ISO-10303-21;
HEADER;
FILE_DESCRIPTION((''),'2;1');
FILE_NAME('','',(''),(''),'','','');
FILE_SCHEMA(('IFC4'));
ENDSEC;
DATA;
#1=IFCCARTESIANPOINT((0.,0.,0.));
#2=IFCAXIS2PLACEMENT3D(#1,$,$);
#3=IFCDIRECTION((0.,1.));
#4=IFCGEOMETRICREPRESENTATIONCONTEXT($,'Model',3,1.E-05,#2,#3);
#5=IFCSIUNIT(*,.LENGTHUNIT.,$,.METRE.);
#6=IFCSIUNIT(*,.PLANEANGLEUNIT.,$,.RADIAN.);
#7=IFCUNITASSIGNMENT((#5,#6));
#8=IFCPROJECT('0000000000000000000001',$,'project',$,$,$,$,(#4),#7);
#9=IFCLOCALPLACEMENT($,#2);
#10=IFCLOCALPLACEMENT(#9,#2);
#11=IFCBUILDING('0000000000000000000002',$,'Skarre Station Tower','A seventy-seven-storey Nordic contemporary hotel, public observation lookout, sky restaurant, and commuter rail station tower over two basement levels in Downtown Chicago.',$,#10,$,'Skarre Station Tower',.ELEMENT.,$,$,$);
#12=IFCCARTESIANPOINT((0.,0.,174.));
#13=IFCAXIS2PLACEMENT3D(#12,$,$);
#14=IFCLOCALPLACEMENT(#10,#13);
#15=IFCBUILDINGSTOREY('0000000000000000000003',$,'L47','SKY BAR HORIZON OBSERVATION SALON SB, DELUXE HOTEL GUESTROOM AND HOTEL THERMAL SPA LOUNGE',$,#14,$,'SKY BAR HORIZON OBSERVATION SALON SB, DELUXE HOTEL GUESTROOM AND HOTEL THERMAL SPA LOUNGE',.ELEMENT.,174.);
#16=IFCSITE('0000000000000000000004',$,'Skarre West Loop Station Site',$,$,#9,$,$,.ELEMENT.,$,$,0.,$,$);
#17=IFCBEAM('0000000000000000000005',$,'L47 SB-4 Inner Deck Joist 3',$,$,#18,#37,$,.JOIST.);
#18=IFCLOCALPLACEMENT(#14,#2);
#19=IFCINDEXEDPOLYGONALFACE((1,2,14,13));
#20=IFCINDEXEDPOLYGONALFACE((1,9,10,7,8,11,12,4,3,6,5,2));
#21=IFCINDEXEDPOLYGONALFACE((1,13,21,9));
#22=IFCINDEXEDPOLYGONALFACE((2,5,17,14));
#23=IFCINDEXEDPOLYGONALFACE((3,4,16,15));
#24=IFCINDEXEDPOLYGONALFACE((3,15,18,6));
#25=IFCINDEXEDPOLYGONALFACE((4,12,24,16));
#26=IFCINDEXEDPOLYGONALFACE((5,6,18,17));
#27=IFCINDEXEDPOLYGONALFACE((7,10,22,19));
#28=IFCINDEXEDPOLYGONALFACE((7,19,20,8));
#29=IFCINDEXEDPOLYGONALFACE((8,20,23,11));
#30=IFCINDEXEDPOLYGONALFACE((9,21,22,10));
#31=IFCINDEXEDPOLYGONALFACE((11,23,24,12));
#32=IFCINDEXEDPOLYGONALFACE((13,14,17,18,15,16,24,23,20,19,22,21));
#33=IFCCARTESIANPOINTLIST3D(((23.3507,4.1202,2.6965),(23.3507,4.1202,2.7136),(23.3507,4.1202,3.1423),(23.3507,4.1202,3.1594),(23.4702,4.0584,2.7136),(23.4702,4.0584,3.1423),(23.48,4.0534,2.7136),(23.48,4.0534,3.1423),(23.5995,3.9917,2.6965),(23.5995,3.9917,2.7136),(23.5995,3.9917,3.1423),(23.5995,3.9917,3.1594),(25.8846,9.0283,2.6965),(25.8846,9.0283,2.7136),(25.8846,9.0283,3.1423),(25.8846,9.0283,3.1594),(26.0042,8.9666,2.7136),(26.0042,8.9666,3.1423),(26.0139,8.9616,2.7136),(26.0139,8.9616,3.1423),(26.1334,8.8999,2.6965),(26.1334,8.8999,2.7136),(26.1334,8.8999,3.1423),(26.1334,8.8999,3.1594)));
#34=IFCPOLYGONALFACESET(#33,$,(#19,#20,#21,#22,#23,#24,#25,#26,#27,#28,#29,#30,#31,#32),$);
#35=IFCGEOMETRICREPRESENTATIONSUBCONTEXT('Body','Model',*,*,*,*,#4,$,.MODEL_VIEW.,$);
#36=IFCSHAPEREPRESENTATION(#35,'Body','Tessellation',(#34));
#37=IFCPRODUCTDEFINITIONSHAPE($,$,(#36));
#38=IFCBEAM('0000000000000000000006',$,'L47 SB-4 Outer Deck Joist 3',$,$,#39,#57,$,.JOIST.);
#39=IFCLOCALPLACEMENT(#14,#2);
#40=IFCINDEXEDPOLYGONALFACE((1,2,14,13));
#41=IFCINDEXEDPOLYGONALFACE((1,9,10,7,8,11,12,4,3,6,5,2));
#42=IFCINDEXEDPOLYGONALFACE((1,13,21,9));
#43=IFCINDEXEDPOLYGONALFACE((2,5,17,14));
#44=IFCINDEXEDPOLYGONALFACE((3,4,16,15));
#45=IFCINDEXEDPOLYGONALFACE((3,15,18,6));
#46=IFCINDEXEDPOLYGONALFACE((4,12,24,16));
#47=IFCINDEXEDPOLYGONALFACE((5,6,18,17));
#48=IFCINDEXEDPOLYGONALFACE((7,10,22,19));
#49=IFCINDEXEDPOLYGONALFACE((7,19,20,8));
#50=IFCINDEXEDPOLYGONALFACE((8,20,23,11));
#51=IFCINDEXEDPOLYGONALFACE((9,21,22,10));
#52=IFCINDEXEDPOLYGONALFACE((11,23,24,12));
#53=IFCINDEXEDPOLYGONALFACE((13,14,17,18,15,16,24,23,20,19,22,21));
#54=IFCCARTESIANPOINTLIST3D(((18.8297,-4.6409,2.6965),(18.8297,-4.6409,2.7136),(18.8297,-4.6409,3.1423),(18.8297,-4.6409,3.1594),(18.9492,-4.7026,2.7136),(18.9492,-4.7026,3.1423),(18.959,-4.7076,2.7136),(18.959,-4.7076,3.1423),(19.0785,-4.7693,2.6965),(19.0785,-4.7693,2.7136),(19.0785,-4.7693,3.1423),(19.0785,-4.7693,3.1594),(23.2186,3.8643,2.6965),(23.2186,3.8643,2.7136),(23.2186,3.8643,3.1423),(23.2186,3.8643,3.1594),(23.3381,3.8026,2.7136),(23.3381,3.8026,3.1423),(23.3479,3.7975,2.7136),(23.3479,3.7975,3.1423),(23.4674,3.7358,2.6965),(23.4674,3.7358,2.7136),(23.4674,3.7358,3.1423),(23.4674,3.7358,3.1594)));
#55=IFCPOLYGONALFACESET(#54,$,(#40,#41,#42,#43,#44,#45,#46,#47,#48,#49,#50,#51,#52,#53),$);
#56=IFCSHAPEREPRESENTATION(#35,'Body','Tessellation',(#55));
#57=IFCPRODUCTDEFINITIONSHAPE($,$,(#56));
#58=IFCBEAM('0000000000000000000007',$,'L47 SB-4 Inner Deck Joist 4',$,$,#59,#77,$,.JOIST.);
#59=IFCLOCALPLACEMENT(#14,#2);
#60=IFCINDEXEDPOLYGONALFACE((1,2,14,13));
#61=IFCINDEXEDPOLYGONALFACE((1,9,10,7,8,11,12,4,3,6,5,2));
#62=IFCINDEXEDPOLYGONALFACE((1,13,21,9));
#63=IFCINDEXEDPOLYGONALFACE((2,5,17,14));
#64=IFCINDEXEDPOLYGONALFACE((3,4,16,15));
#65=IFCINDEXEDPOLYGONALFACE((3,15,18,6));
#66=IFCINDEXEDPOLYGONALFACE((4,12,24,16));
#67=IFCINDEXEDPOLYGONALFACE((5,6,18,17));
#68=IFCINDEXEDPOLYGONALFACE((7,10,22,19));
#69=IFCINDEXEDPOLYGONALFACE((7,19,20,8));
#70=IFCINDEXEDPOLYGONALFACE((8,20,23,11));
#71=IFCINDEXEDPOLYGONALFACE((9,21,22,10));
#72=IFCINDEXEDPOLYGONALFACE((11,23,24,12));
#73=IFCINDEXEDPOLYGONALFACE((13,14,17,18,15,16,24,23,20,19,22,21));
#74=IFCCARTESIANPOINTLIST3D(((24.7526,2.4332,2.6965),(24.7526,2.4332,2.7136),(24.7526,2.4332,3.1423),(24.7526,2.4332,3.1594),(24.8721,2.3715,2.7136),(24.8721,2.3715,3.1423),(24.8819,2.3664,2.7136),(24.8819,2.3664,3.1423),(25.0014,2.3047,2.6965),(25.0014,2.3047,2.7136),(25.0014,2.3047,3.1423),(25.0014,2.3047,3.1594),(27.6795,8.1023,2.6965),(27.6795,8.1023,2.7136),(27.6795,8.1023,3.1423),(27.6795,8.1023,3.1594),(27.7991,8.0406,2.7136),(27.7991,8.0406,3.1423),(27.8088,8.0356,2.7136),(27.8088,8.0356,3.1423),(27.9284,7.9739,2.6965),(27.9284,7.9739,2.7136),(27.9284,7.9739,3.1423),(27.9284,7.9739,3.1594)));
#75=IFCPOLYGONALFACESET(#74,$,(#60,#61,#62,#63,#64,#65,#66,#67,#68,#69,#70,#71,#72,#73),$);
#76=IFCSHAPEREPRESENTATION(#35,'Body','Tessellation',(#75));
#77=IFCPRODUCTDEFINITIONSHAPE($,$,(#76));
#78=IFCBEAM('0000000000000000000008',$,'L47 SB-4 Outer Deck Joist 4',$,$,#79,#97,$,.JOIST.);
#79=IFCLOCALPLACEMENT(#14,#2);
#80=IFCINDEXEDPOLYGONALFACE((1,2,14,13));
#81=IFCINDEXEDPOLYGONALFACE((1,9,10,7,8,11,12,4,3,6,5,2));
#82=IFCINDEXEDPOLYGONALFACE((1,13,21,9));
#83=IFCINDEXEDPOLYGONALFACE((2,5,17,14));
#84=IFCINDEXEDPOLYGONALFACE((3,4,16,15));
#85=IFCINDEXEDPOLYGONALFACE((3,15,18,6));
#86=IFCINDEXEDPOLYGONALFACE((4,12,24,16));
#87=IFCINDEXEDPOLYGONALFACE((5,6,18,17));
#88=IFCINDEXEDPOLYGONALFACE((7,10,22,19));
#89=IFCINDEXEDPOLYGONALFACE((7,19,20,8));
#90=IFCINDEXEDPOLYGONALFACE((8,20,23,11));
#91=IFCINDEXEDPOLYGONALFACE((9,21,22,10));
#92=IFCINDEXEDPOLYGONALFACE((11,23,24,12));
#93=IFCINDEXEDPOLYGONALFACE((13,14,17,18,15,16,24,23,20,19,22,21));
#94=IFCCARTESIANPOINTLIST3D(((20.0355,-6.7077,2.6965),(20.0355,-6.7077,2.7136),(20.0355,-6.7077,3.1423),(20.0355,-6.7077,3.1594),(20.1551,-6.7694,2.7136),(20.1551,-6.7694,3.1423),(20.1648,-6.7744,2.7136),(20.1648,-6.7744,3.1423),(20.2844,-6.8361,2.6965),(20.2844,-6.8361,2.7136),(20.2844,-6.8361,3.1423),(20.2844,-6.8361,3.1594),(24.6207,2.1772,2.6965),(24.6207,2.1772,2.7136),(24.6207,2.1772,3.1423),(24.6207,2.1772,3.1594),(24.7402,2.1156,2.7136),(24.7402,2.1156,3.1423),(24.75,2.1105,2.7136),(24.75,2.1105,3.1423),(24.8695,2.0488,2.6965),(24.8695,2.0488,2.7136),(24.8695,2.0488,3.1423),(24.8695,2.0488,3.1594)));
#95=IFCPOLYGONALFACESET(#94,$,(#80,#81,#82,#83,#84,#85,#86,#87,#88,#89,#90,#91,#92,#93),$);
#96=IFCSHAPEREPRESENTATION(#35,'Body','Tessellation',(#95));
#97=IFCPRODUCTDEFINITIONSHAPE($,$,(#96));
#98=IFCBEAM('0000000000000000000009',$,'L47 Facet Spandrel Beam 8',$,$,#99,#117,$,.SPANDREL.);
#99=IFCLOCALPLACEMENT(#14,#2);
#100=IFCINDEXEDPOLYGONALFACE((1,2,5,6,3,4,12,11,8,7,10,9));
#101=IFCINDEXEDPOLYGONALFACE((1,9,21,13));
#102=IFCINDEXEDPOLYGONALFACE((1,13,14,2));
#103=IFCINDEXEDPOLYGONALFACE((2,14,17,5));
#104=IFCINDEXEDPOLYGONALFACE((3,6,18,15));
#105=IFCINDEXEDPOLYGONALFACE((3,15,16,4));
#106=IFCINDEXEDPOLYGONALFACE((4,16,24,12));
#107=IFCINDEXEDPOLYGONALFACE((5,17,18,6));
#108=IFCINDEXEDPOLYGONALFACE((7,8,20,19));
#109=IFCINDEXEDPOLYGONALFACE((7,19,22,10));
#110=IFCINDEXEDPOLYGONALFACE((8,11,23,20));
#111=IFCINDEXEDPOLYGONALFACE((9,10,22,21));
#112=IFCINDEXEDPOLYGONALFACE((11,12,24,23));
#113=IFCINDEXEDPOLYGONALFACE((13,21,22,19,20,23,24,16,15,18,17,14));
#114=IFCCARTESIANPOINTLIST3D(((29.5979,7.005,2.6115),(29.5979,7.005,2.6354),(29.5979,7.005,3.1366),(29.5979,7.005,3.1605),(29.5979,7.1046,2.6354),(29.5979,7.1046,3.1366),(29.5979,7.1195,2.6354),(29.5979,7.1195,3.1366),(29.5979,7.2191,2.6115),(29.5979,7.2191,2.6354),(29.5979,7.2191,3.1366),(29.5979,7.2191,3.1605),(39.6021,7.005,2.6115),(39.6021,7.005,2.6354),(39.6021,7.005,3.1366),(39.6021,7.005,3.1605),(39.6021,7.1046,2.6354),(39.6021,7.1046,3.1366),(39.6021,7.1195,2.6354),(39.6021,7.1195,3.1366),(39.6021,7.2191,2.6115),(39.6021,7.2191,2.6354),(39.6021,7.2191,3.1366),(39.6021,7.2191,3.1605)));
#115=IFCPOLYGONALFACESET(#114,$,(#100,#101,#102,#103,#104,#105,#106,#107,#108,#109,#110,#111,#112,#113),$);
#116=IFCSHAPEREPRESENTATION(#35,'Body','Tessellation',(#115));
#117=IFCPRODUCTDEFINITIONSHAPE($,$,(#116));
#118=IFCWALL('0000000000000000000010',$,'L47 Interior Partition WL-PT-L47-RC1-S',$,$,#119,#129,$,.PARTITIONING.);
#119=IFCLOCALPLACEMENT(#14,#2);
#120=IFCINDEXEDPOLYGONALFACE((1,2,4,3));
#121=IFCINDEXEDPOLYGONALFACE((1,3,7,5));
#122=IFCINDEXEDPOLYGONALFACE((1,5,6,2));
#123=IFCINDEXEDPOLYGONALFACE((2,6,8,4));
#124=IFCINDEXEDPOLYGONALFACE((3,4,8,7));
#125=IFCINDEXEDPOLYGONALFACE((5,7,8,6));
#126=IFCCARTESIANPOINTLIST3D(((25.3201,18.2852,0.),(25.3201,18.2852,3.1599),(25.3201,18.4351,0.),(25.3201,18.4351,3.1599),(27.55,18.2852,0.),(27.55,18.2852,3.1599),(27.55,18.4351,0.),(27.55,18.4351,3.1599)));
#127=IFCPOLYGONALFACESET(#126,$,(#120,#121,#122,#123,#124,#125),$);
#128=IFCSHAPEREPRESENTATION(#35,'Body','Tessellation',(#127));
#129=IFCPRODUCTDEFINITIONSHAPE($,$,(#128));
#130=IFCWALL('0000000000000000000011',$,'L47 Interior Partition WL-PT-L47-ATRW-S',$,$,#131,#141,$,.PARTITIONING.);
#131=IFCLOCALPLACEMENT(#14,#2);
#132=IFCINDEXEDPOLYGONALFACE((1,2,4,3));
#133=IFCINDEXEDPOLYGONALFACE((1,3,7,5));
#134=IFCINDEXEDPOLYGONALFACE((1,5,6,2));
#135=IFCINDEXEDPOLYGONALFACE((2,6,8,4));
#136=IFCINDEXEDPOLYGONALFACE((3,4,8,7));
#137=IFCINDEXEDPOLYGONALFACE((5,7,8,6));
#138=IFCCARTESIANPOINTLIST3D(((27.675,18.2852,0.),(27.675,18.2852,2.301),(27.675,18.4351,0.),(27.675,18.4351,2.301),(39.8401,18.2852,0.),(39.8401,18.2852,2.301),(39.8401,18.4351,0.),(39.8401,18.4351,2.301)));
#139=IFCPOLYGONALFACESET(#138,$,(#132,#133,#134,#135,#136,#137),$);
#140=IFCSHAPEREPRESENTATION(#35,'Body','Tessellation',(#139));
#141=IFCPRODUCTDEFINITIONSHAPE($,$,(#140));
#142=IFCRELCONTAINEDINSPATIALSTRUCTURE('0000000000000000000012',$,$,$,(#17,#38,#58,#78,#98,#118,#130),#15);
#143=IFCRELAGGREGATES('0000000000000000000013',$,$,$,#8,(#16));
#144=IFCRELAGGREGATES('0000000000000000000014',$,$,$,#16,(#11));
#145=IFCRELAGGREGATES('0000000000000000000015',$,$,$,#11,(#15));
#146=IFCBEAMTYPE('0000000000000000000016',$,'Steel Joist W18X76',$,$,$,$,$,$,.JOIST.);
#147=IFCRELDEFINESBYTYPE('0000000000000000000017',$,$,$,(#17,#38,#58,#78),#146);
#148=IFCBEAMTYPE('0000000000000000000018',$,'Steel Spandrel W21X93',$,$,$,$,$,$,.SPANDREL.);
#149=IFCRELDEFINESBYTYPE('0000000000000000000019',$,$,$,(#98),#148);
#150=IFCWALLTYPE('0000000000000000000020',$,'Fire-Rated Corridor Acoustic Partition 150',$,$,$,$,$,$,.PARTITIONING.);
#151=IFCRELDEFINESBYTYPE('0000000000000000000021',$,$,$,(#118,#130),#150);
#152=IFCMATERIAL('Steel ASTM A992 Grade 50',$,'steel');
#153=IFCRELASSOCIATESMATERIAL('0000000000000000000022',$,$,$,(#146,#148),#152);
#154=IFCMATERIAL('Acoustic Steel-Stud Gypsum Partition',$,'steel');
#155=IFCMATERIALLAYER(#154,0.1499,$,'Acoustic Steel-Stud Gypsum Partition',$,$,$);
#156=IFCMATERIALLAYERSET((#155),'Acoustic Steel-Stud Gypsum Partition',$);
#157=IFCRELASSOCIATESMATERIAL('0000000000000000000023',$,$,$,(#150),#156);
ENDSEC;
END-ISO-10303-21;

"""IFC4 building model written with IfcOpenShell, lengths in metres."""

from ifc_helpers import new_model, si_unit, direction, frame, frame_2d, origin, origin_2d, place, context, subcontext, project, spatial, rectangle, i_section, extrude, material, layer, layer_set, material_profile, profile_set, type_object, element, save


model = new_model("IFC4")

# Units and contexts
model_context = context("Model", 3, precision=1e-05, world=origin(), true_north=direction((0.0, 1.0)))
body_context = subcontext(model_context, "Body", "Model", "MODEL_VIEW")
ifc_project = project(units=[si_unit("LENGTHUNIT", "METRE"), si_unit("PLANEANGLEUNIT", "RADIAN")], contexts=[model_context])

# Site, building, storey
site_placement = place(None, origin())
site = spatial("IfcSite", under=ifc_project, at=site_placement, Name="Skarre West Loop Station Site", CompositionType="ELEMENT", RefElevation=0.0)
building_placement = place(site_placement, origin())
building = spatial("IfcBuilding", under=site, at=building_placement, Name="Skarre Station Tower", Description="A seventy-seven-storey Nordic contemporary hotel, public observation lookout, sky restaurant, and commuter rail station tower over two basement levels in Downtown Chicago.", LongName="Skarre Station Tower", CompositionType="ELEMENT")
storey_placement = place(building_placement, frame((0.0, 0.0, 174.0)))
storey = spatial("IfcBuildingStorey", under=building, at=storey_placement, Name="L47", Description="SKY BAR HORIZON OBSERVATION SALON SB, DELUXE HOTEL GUESTROOM AND HOTEL THERMAL SPA LOUNGE", LongName="SKY BAR HORIZON OBSERVATION SALON SB, DELUXE HOTEL GUESTROOM AND HOTEL THERMAL SPA LOUNGE", CompositionType="ELEMENT", Elevation=174.0)

# Beams
ifc_material_1 = material(Name="Steel ASTM A992 Grade 50", Category="steel")
ifc_material_profile_1 = material_profile(ifc_material_1, i_section(OverallWidth=0.28, OverallDepth=0.4629, WebThickness=0.011, FlangeThickness=0.0171, at=origin_2d()), Name="Steel ASTM A992 Grade 50")
ifc_profile_set_1 = profile_set([ifc_material_profile_1], Name="Steel ASTM A992 Grade 50")
beam_type_1 = type_object("IfcBeamType", Name="Steel Joist W18X76", PredefinedType="JOIST", material=ifc_profile_set_1)
beam_1_placement = place(storey_placement, frame((26.009, 8.9641, 2.928), z_axis=(-0.458739, -0.888571, 0.0), x_axis=(0.888571, -0.458739, 0.0)))
element("IfcBeam", 1, at=beam_1_placement, inside=storey, type_object=beam_type_1, Name="L47 SB-4 Inner Deck Joist 3", PredefinedType="JOIST", context=body_context, shape_type="SweptSolid", body=[
    extrude(i_section(OverallWidth=0.28, OverallDepth=0.4629, WebThickness=0.011, FlangeThickness=0.0171, at=origin_2d()), origin(), (0.0, 0.0, 1.0), 5.5237),
])
beam_2_placement = place(storey_placement, frame((23.343, 3.8, 2.928), z_axis=(-0.458575, -0.888656, 0.0), x_axis=(0.888656, -0.458575, 0.0)))
element("IfcBeam", 2, at=beam_2_placement, inside=storey, type_object=beam_type_1, Name="L47 SB-4 Outer Deck Joist 3", PredefinedType="JOIST", context=body_context, shape_type="SweptSolid", body=[
    extrude(i_section(OverallWidth=0.28, OverallDepth=0.4629, WebThickness=0.011, FlangeThickness=0.0171, at=origin_2d()), origin(), (0.0, 0.0, 1.0), 9.5708),
])
beam_3_placement = place(storey_placement, frame((27.804, 8.0381, 2.928), z_axis=(-0.458763, -0.888559, 0.0), x_axis=(0.888559, -0.458763, 0.0)))
element("IfcBeam", 3, at=beam_3_placement, inside=storey, type_object=beam_type_1, Name="L47 SB-4 Inner Deck Joist 4", PredefinedType="JOIST", context=body_context, shape_type="SweptSolid", body=[
    extrude(i_section(OverallWidth=0.28, OverallDepth=0.4629, WebThickness=0.011, FlangeThickness=0.0171, at=origin_2d()), origin(), (0.0, 0.0, 1.0), 6.3801),
])
beam_4_placement = place(storey_placement, frame((24.7451, 2.113, 2.928), z_axis=(-0.458595, -0.888645, 0.0), x_axis=(0.888645, -0.458595, 0.0)))
element("IfcBeam", 4, at=beam_4_placement, inside=storey, type_object=beam_type_1, Name="L47 SB-4 Outer Deck Joist 4", PredefinedType="JOIST", context=body_context, shape_type="SweptSolid", body=[
    extrude(i_section(OverallWidth=0.28, OverallDepth=0.4629, WebThickness=0.011, FlangeThickness=0.0171, at=origin_2d()), origin(), (0.0, 0.0, 1.0), 9.9983),
])
ifc_material_profile_2 = material_profile(ifc_material_1, i_section(OverallWidth=0.2141, OverallDepth=0.5491, WebThickness=0.0149, FlangeThickness=0.0239, at=origin_2d()), Name="Steel ASTM A992 Grade 50")
ifc_profile_set_2 = profile_set([ifc_material_profile_2], Name="Steel ASTM A992 Grade 50")
beam_type_2 = type_object("IfcBeamType", Name="Steel Spandrel W21X93", PredefinedType="SPANDREL", material=ifc_profile_set_2)
beam_5_placement = place(storey_placement, frame((29.5979, 7.1121, 2.886), z_axis=(1.0, 0.0, 0.0), x_axis=(0.0, 1.0, 0.0)))
element("IfcBeam", 5, at=beam_5_placement, inside=storey, type_object=beam_type_2, Name="L47 Facet Spandrel Beam 8", PredefinedType="SPANDREL", context=body_context, shape_type="SweptSolid", body=[
    extrude(i_section(OverallWidth=0.2141, OverallDepth=0.5491, WebThickness=0.0149, FlangeThickness=0.0239, at=origin_2d()), origin(), (0.0, 0.0, 1.0), 10.0042),
])

# Walls
ifc_material_2 = material(Name="Acoustic Steel-Stud Gypsum Partition", Category="steel")
ifc_layer_1 = layer(ifc_material_2, 0.1499, Name="Acoustic Steel-Stud Gypsum Partition")
ifc_layer_set_1 = layer_set([ifc_layer_1], Name="Acoustic Steel-Stud Gypsum Partition")
wall_type_1 = type_object("IfcWallType", Name="Fire-Rated Corridor Acoustic Partition 150", PredefinedType="PARTITIONING", material=ifc_layer_set_1)
wall_1_placement = place(storey_placement, frame((25.3201, 18.3601, 0.0), z_axis=(0.0, 0.0, 1.0), x_axis=(1.0, 0.0, 0.0)))
element("IfcWall", 6, at=wall_1_placement, inside=storey, type_object=wall_type_1, Name="L47 Interior Partition WL-PT-L47-RC1-S", PredefinedType="PARTITIONING", context=body_context, shape_type="SweptSolid", body=[
    extrude(rectangle(XDim=2.23, YDim=0.1499, at=frame_2d((1.115, 0.0))), origin(), (0.0, 0.0, 1.0), 3.1599),
])
wall_2_placement = place(storey_placement, frame((27.675, 18.3601, 0.0), z_axis=(0.0, 0.0, 1.0), x_axis=(1.0, 0.0, 0.0)))
element("IfcWall", 7, at=wall_2_placement, inside=storey, type_object=wall_type_1, Name="L47 Interior Partition WL-PT-L47-ATRW-S", PredefinedType="PARTITIONING", context=body_context, shape_type="SweptSolid", body=[
    extrude(rectangle(XDim=12.165, YDim=0.1499, at=frame_2d((6.0825, 0.0))), origin(), (0.0, 0.0, 1.0), 2.301),
])

save(model, "model.ifc")
